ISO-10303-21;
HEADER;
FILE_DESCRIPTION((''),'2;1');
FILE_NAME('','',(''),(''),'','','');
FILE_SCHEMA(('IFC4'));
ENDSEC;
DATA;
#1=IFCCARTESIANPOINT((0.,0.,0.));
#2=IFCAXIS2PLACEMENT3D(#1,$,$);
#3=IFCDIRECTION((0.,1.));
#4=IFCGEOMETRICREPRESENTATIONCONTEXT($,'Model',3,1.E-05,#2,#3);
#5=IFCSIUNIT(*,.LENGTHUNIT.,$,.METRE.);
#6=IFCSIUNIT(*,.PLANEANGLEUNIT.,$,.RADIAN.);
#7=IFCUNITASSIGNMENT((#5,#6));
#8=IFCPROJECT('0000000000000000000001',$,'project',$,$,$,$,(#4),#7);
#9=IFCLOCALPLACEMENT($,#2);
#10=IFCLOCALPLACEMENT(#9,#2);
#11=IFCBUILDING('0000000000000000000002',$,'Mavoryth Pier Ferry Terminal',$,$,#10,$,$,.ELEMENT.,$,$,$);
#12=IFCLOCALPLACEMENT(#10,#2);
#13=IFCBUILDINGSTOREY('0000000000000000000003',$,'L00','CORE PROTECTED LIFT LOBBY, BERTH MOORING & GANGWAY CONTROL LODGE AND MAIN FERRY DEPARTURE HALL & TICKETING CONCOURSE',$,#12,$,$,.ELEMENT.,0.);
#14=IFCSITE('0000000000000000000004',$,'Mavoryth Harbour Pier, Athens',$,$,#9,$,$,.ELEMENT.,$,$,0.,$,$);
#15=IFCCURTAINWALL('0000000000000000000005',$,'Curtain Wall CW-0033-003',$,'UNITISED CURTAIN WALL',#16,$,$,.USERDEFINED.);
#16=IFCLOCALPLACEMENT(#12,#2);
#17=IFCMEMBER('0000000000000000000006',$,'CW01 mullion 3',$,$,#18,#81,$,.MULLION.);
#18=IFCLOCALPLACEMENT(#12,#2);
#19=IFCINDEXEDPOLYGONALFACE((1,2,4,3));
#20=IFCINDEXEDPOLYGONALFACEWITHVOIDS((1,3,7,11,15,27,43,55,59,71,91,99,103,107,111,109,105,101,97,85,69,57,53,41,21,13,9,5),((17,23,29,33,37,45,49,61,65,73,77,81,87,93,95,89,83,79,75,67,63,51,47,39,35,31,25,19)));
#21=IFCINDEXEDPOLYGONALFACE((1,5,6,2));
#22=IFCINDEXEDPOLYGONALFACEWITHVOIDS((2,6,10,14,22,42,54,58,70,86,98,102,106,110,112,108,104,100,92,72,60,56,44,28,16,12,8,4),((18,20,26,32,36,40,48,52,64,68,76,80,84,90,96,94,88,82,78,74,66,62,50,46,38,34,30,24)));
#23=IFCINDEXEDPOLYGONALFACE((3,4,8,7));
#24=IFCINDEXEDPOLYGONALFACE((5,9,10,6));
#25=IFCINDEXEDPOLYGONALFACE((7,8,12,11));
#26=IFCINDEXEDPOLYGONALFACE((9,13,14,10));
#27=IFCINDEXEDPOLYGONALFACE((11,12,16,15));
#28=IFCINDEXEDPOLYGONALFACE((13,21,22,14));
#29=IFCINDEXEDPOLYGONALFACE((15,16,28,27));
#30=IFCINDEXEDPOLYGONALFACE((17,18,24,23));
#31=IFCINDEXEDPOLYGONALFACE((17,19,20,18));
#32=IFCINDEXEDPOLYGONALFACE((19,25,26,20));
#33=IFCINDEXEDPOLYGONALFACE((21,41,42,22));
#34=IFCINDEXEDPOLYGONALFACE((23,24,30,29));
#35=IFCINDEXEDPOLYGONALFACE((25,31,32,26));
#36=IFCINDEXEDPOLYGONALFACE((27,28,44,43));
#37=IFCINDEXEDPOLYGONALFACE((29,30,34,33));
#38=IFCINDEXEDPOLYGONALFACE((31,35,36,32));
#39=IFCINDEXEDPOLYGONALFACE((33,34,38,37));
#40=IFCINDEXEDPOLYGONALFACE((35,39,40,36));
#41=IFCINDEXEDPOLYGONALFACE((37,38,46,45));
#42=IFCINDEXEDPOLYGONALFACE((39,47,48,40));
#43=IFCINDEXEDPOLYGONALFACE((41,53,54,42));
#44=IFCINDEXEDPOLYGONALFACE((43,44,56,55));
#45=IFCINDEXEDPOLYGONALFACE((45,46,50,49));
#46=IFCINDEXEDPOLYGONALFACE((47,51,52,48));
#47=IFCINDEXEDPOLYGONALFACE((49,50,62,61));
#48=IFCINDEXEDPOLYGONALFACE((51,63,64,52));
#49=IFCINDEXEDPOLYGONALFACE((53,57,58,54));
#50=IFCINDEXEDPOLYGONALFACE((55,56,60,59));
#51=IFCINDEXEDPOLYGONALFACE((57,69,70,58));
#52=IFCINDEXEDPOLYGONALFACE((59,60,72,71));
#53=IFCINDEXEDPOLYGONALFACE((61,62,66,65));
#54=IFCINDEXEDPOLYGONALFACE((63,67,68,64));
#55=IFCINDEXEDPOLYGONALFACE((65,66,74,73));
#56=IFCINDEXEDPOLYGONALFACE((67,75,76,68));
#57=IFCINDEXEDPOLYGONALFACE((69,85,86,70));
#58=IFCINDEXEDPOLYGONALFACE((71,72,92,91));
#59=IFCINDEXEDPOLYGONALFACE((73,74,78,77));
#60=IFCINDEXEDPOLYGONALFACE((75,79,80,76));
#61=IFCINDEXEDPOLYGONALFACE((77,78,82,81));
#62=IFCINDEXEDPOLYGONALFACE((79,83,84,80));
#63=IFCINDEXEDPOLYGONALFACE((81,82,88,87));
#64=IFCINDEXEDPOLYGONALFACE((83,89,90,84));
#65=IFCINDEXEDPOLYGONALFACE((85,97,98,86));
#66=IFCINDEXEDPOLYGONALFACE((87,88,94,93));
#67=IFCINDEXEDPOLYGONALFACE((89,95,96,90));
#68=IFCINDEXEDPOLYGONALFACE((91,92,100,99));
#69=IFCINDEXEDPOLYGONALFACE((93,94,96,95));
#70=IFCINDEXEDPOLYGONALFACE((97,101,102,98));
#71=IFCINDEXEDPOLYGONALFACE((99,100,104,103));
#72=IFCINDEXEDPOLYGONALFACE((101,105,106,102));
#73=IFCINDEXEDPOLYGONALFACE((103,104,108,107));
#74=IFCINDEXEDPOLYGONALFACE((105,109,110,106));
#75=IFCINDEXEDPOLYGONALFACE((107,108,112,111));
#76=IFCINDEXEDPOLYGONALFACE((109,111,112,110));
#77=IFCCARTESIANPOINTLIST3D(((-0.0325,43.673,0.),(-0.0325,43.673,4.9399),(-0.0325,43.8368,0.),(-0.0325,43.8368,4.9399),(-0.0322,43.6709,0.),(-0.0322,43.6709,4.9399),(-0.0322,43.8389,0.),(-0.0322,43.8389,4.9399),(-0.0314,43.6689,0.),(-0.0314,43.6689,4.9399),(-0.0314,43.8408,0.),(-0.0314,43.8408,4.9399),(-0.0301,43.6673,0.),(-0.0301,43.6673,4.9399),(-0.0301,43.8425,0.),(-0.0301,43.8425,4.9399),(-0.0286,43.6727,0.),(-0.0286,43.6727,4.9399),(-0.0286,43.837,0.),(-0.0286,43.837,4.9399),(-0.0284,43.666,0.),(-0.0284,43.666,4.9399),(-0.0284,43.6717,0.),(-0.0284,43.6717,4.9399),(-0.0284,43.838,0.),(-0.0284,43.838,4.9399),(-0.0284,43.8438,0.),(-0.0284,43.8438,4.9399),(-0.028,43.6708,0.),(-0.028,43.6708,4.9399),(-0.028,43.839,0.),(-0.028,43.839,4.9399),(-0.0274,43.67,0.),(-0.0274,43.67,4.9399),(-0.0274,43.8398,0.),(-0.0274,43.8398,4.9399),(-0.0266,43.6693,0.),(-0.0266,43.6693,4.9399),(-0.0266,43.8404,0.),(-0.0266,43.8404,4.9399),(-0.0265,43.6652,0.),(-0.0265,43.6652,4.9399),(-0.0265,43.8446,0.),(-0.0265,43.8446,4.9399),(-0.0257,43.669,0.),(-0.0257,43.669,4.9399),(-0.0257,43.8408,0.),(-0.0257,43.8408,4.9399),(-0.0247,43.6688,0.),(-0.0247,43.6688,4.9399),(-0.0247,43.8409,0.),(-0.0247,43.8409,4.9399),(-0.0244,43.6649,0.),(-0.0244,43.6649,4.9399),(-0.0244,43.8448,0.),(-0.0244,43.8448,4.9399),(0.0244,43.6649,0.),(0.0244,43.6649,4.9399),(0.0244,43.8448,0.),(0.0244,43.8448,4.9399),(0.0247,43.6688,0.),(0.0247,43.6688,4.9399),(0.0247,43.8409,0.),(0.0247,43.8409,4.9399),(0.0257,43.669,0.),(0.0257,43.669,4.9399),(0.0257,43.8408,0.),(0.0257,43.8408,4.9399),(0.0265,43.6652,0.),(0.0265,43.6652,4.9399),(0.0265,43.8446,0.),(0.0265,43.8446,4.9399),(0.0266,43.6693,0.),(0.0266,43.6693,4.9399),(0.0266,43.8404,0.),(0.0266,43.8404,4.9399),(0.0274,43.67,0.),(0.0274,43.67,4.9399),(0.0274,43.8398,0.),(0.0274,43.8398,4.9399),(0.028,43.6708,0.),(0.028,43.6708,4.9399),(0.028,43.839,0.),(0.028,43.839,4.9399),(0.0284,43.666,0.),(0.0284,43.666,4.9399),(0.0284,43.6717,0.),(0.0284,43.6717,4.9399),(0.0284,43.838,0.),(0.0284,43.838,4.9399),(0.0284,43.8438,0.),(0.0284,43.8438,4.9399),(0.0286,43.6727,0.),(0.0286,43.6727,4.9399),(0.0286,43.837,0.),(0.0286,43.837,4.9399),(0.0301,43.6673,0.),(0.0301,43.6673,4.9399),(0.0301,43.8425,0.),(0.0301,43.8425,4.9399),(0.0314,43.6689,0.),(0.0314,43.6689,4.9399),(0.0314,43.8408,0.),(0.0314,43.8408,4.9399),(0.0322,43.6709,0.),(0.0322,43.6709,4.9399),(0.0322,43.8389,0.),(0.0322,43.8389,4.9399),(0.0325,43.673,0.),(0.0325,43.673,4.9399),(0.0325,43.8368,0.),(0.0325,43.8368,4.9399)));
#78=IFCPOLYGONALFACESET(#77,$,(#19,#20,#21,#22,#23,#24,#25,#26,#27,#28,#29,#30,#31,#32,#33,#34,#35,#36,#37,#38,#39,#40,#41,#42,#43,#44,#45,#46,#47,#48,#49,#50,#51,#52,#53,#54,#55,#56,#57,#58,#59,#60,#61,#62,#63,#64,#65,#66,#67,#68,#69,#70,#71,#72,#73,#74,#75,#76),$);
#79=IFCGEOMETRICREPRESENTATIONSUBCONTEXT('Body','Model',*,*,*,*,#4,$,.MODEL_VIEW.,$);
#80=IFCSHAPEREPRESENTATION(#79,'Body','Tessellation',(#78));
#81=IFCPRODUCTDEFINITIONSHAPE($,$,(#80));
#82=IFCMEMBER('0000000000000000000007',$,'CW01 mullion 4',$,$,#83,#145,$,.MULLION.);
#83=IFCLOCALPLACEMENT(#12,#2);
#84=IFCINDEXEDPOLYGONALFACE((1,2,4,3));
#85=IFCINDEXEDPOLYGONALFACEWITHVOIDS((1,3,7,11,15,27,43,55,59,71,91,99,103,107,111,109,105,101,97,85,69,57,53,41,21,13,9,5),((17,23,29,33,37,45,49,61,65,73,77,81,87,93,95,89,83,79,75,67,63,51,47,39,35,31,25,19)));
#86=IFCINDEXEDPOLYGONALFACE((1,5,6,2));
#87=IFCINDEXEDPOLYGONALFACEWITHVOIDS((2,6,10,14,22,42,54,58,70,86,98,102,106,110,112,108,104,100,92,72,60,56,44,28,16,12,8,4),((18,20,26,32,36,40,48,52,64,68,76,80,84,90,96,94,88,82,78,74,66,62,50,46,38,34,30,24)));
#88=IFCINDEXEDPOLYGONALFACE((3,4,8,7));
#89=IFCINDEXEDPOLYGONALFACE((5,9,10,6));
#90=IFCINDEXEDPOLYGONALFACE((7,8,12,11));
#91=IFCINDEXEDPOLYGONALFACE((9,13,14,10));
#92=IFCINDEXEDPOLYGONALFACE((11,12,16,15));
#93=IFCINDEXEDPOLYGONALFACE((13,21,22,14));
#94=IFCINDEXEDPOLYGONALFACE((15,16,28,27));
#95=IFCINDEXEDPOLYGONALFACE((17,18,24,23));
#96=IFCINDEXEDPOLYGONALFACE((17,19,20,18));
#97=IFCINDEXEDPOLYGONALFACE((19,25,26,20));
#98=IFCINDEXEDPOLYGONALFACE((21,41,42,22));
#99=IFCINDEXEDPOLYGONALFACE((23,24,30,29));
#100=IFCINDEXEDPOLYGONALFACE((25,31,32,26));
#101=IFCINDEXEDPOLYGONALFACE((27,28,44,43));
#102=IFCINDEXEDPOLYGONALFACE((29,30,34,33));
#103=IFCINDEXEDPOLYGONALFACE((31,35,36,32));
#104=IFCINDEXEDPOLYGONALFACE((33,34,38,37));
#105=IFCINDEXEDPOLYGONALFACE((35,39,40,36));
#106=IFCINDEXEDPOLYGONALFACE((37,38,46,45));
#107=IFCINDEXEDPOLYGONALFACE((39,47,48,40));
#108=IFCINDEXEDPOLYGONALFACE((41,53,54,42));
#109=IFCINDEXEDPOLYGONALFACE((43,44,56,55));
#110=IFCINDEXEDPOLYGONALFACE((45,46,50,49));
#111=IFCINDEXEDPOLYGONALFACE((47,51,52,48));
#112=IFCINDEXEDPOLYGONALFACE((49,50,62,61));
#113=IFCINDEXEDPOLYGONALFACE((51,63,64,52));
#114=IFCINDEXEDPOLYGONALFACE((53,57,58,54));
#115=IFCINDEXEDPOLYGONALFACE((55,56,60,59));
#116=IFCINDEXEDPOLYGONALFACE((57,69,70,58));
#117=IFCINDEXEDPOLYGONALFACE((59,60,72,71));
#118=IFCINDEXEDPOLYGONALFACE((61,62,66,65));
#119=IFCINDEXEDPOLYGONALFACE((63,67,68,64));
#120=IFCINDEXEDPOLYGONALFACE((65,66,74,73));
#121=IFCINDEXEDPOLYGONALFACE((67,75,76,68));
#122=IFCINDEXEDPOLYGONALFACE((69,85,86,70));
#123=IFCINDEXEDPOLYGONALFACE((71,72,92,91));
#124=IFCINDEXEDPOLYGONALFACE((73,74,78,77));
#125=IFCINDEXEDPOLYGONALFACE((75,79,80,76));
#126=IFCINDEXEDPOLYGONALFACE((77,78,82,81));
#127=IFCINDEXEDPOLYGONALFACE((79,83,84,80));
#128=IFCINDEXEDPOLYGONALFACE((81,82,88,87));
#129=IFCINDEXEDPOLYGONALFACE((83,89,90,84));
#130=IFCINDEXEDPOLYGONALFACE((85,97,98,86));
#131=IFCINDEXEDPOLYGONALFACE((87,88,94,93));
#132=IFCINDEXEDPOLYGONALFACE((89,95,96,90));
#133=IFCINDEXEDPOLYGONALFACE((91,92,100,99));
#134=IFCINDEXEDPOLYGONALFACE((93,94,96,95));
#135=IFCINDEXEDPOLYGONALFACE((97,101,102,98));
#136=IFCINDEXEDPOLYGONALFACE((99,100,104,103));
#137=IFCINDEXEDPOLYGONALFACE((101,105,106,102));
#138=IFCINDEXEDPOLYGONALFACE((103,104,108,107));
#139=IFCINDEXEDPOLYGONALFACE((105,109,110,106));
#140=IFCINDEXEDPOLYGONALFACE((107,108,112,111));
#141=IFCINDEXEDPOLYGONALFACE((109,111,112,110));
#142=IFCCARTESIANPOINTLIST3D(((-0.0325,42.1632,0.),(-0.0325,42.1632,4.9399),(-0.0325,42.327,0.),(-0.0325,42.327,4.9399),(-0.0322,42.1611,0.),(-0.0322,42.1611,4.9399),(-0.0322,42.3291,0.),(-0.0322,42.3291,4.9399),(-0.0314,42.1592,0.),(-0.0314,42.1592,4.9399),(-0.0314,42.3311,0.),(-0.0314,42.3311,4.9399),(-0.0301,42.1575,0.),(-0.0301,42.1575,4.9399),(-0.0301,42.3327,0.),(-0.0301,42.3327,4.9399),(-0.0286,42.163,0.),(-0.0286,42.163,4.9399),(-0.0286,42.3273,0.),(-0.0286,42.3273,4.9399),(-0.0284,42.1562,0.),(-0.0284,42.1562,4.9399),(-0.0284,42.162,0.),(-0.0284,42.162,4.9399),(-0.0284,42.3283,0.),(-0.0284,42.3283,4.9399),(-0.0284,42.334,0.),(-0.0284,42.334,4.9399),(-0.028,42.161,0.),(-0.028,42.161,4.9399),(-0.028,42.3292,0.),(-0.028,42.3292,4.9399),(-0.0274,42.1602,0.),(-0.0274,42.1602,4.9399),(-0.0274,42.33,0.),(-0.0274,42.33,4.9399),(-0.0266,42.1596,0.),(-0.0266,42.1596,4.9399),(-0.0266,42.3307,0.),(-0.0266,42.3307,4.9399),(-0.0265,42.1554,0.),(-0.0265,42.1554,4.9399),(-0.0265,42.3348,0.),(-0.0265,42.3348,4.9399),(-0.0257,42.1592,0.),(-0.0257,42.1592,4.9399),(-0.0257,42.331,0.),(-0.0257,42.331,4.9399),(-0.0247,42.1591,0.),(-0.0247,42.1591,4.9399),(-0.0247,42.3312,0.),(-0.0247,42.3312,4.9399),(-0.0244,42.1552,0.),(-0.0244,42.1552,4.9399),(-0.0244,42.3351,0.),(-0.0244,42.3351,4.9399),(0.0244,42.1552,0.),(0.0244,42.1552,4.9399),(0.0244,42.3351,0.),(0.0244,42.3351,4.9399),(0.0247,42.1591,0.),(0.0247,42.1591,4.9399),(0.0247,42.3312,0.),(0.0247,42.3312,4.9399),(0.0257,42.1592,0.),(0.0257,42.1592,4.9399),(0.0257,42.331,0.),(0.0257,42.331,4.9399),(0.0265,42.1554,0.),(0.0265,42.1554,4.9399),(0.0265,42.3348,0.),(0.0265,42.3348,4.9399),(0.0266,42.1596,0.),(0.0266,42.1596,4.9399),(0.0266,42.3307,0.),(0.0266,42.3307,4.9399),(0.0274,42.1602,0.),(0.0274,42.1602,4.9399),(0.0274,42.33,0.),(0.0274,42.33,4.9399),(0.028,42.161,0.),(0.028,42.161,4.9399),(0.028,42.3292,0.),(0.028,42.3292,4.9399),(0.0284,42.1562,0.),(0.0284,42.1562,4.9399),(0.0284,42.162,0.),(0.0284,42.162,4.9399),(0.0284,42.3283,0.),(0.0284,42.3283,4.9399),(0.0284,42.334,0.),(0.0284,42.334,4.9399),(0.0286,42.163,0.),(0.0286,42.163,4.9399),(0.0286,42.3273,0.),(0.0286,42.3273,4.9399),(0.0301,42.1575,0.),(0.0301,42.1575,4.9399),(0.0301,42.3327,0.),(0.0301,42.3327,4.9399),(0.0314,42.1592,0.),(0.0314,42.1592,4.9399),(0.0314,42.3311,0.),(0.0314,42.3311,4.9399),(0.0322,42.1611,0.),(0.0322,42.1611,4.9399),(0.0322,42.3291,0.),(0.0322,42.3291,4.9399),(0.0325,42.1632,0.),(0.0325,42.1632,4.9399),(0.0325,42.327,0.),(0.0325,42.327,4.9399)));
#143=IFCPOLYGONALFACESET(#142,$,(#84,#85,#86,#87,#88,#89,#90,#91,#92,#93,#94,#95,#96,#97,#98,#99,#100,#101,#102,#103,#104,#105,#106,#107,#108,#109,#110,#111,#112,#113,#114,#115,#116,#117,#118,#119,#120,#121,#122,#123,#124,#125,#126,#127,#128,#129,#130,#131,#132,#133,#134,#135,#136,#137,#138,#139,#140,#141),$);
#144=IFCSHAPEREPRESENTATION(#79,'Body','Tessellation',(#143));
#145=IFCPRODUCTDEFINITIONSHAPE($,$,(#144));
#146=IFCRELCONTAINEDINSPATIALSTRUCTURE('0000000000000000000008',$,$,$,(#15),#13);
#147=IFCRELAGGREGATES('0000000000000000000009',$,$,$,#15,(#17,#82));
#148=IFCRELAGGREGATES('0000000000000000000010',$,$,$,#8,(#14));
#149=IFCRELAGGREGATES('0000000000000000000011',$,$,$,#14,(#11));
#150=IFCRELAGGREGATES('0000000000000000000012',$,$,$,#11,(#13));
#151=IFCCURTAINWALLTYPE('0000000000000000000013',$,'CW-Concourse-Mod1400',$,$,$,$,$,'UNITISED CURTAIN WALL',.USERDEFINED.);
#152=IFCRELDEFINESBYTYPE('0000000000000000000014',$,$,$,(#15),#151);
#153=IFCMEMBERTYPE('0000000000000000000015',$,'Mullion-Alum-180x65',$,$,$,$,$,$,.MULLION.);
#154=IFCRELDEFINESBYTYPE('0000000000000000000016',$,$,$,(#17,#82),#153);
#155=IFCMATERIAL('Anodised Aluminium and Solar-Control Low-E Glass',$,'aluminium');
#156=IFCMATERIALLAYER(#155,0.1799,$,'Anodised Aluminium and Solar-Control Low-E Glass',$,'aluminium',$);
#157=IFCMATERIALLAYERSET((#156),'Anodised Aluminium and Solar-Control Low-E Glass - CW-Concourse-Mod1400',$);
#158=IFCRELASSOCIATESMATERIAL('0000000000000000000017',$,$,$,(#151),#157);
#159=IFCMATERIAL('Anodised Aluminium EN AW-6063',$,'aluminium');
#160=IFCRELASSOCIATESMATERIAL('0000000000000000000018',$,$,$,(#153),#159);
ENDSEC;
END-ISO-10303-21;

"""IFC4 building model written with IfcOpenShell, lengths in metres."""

from ifc_helpers import new_model, si_unit, direction, frame, origin, origin_2d, place, context, subcontext, project, spatial, hollow_rectangle, extrude, material, layer, layer_set, material_profile, profile_set, type_object, element, aggregate, save


model = new_model("IFC4")

# Units and contexts
model_context = context("Model", 3, precision=1e-05, world=origin(), true_north=direction((0.0, 1.0)))
body_context = subcontext(model_context, "Body", "Model", "MODEL_VIEW")
ifc_project = project(units=[si_unit("LENGTHUNIT", "METRE"), si_unit("PLANEANGLEUNIT", "RADIAN")], contexts=[model_context])

# Site, building, storey
site_placement = place(None, origin())
site = spatial("IfcSite", under=ifc_project, at=site_placement, Name="Mavoryth Harbour Pier, Athens", CompositionType="ELEMENT", RefElevation=0.0)
building_placement = place(site_placement, origin())
building = spatial("IfcBuilding", under=site, at=building_placement, Name="Mavoryth Pier Ferry Terminal", CompositionType="ELEMENT")
storey_placement = place(building_placement, origin())
storey = spatial("IfcBuildingStorey", under=building, at=storey_placement, Name="L00", Description="CORE PROTECTED LIFT LOBBY, BERTH MOORING & GANGWAY CONTROL LODGE AND MAIN FERRY DEPARTURE HALL & TICKETING CONCOURSE", CompositionType="ELEMENT", Elevation=0.0)

# Curtain wall, members
ifc_material_1 = material(Name="Anodised Aluminium and Solar-Control Low-E Glass", Category="aluminium")
ifc_layer_1 = layer(ifc_material_1, 0.1799, Name="Anodised Aluminium and Solar-Control Low-E Glass", Category="aluminium")
ifc_layer_set_1 = layer_set([ifc_layer_1], Name="Anodised Aluminium and Solar-Control Low-E Glass - CW-Concourse-Mod1400")
curtain_wall_type = type_object("IfcCurtainWallType", Name="CW-Concourse-Mod1400", ElementType="UNITISED CURTAIN WALL", PredefinedType="USERDEFINED", material=ifc_layer_set_1)
curtain_wall_placement = place(storey_placement, origin())
curtain_wall = element("IfcCurtainWall", 1, at=curtain_wall_placement, inside=storey, type_object=curtain_wall_type, Name="Curtain Wall CW-0033-003", ObjectType="UNITISED CURTAIN WALL", PredefinedType="USERDEFINED")
ifc_material_2 = material(Name="Anodised Aluminium EN AW-6063", Category="aluminium")
ifc_material_profile_1 = material_profile(ifc_material_2, hollow_rectangle(XDim=0.0649, YDim=0.1799, WallThickness=0.0039, InnerFilletRadius=0.0039, OuterFilletRadius=0.0081, at=origin_2d()), Name="AL-MULL 180x65x4", Category="aluminium")
ifc_profile_set_1 = profile_set([ifc_material_profile_1], Name="Anodised Aluminium EN AW-6063 - AL-MULL 180x65x4")
member_type_1 = type_object("IfcMemberType", Name="Mullion-Alum-180x65", PredefinedType="MULLION", material=ifc_profile_set_1)
member_1_placement = place(storey_placement, frame((0.0, 43.7549, 0.0), z_axis=(0.0, 0.0, 1.0), x_axis=(1.0, 0.0, 0.0)))
member_1 = element("IfcMember", 2, at=member_1_placement, type_object=member_type_1, Name="CW01 mullion 3", PredefinedType="MULLION", context=body_context, shape_type="SweptSolid", body=[
    extrude(hollow_rectangle(XDim=0.0649, YDim=0.1799, WallThickness=0.0039, InnerFilletRadius=0.0039, OuterFilletRadius=0.0081, at=origin_2d()), origin(), (0.0, 0.0, 1.0), 4.9399),
])
member_2_placement = place(storey_placement, frame((0.0, 42.2451, 0.0), z_axis=(0.0, 0.0, 1.0), x_axis=(1.0, 0.0, 0.0)))
member_2 = element("IfcMember", 3, at=member_2_placement, type_object=member_type_1, Name="CW01 mullion 4", PredefinedType="MULLION", context=body_context, shape_type="SweptSolid", body=[
    extrude(hollow_rectangle(XDim=0.0649, YDim=0.1799, WallThickness=0.0039, InnerFilletRadius=0.0039, OuterFilletRadius=0.0081, at=origin_2d()), origin(), (0.0, 0.0, 1.0), 4.9399),
])
aggregate(curtain_wall, [member_1, member_2])

save(model, "model.ifc")
